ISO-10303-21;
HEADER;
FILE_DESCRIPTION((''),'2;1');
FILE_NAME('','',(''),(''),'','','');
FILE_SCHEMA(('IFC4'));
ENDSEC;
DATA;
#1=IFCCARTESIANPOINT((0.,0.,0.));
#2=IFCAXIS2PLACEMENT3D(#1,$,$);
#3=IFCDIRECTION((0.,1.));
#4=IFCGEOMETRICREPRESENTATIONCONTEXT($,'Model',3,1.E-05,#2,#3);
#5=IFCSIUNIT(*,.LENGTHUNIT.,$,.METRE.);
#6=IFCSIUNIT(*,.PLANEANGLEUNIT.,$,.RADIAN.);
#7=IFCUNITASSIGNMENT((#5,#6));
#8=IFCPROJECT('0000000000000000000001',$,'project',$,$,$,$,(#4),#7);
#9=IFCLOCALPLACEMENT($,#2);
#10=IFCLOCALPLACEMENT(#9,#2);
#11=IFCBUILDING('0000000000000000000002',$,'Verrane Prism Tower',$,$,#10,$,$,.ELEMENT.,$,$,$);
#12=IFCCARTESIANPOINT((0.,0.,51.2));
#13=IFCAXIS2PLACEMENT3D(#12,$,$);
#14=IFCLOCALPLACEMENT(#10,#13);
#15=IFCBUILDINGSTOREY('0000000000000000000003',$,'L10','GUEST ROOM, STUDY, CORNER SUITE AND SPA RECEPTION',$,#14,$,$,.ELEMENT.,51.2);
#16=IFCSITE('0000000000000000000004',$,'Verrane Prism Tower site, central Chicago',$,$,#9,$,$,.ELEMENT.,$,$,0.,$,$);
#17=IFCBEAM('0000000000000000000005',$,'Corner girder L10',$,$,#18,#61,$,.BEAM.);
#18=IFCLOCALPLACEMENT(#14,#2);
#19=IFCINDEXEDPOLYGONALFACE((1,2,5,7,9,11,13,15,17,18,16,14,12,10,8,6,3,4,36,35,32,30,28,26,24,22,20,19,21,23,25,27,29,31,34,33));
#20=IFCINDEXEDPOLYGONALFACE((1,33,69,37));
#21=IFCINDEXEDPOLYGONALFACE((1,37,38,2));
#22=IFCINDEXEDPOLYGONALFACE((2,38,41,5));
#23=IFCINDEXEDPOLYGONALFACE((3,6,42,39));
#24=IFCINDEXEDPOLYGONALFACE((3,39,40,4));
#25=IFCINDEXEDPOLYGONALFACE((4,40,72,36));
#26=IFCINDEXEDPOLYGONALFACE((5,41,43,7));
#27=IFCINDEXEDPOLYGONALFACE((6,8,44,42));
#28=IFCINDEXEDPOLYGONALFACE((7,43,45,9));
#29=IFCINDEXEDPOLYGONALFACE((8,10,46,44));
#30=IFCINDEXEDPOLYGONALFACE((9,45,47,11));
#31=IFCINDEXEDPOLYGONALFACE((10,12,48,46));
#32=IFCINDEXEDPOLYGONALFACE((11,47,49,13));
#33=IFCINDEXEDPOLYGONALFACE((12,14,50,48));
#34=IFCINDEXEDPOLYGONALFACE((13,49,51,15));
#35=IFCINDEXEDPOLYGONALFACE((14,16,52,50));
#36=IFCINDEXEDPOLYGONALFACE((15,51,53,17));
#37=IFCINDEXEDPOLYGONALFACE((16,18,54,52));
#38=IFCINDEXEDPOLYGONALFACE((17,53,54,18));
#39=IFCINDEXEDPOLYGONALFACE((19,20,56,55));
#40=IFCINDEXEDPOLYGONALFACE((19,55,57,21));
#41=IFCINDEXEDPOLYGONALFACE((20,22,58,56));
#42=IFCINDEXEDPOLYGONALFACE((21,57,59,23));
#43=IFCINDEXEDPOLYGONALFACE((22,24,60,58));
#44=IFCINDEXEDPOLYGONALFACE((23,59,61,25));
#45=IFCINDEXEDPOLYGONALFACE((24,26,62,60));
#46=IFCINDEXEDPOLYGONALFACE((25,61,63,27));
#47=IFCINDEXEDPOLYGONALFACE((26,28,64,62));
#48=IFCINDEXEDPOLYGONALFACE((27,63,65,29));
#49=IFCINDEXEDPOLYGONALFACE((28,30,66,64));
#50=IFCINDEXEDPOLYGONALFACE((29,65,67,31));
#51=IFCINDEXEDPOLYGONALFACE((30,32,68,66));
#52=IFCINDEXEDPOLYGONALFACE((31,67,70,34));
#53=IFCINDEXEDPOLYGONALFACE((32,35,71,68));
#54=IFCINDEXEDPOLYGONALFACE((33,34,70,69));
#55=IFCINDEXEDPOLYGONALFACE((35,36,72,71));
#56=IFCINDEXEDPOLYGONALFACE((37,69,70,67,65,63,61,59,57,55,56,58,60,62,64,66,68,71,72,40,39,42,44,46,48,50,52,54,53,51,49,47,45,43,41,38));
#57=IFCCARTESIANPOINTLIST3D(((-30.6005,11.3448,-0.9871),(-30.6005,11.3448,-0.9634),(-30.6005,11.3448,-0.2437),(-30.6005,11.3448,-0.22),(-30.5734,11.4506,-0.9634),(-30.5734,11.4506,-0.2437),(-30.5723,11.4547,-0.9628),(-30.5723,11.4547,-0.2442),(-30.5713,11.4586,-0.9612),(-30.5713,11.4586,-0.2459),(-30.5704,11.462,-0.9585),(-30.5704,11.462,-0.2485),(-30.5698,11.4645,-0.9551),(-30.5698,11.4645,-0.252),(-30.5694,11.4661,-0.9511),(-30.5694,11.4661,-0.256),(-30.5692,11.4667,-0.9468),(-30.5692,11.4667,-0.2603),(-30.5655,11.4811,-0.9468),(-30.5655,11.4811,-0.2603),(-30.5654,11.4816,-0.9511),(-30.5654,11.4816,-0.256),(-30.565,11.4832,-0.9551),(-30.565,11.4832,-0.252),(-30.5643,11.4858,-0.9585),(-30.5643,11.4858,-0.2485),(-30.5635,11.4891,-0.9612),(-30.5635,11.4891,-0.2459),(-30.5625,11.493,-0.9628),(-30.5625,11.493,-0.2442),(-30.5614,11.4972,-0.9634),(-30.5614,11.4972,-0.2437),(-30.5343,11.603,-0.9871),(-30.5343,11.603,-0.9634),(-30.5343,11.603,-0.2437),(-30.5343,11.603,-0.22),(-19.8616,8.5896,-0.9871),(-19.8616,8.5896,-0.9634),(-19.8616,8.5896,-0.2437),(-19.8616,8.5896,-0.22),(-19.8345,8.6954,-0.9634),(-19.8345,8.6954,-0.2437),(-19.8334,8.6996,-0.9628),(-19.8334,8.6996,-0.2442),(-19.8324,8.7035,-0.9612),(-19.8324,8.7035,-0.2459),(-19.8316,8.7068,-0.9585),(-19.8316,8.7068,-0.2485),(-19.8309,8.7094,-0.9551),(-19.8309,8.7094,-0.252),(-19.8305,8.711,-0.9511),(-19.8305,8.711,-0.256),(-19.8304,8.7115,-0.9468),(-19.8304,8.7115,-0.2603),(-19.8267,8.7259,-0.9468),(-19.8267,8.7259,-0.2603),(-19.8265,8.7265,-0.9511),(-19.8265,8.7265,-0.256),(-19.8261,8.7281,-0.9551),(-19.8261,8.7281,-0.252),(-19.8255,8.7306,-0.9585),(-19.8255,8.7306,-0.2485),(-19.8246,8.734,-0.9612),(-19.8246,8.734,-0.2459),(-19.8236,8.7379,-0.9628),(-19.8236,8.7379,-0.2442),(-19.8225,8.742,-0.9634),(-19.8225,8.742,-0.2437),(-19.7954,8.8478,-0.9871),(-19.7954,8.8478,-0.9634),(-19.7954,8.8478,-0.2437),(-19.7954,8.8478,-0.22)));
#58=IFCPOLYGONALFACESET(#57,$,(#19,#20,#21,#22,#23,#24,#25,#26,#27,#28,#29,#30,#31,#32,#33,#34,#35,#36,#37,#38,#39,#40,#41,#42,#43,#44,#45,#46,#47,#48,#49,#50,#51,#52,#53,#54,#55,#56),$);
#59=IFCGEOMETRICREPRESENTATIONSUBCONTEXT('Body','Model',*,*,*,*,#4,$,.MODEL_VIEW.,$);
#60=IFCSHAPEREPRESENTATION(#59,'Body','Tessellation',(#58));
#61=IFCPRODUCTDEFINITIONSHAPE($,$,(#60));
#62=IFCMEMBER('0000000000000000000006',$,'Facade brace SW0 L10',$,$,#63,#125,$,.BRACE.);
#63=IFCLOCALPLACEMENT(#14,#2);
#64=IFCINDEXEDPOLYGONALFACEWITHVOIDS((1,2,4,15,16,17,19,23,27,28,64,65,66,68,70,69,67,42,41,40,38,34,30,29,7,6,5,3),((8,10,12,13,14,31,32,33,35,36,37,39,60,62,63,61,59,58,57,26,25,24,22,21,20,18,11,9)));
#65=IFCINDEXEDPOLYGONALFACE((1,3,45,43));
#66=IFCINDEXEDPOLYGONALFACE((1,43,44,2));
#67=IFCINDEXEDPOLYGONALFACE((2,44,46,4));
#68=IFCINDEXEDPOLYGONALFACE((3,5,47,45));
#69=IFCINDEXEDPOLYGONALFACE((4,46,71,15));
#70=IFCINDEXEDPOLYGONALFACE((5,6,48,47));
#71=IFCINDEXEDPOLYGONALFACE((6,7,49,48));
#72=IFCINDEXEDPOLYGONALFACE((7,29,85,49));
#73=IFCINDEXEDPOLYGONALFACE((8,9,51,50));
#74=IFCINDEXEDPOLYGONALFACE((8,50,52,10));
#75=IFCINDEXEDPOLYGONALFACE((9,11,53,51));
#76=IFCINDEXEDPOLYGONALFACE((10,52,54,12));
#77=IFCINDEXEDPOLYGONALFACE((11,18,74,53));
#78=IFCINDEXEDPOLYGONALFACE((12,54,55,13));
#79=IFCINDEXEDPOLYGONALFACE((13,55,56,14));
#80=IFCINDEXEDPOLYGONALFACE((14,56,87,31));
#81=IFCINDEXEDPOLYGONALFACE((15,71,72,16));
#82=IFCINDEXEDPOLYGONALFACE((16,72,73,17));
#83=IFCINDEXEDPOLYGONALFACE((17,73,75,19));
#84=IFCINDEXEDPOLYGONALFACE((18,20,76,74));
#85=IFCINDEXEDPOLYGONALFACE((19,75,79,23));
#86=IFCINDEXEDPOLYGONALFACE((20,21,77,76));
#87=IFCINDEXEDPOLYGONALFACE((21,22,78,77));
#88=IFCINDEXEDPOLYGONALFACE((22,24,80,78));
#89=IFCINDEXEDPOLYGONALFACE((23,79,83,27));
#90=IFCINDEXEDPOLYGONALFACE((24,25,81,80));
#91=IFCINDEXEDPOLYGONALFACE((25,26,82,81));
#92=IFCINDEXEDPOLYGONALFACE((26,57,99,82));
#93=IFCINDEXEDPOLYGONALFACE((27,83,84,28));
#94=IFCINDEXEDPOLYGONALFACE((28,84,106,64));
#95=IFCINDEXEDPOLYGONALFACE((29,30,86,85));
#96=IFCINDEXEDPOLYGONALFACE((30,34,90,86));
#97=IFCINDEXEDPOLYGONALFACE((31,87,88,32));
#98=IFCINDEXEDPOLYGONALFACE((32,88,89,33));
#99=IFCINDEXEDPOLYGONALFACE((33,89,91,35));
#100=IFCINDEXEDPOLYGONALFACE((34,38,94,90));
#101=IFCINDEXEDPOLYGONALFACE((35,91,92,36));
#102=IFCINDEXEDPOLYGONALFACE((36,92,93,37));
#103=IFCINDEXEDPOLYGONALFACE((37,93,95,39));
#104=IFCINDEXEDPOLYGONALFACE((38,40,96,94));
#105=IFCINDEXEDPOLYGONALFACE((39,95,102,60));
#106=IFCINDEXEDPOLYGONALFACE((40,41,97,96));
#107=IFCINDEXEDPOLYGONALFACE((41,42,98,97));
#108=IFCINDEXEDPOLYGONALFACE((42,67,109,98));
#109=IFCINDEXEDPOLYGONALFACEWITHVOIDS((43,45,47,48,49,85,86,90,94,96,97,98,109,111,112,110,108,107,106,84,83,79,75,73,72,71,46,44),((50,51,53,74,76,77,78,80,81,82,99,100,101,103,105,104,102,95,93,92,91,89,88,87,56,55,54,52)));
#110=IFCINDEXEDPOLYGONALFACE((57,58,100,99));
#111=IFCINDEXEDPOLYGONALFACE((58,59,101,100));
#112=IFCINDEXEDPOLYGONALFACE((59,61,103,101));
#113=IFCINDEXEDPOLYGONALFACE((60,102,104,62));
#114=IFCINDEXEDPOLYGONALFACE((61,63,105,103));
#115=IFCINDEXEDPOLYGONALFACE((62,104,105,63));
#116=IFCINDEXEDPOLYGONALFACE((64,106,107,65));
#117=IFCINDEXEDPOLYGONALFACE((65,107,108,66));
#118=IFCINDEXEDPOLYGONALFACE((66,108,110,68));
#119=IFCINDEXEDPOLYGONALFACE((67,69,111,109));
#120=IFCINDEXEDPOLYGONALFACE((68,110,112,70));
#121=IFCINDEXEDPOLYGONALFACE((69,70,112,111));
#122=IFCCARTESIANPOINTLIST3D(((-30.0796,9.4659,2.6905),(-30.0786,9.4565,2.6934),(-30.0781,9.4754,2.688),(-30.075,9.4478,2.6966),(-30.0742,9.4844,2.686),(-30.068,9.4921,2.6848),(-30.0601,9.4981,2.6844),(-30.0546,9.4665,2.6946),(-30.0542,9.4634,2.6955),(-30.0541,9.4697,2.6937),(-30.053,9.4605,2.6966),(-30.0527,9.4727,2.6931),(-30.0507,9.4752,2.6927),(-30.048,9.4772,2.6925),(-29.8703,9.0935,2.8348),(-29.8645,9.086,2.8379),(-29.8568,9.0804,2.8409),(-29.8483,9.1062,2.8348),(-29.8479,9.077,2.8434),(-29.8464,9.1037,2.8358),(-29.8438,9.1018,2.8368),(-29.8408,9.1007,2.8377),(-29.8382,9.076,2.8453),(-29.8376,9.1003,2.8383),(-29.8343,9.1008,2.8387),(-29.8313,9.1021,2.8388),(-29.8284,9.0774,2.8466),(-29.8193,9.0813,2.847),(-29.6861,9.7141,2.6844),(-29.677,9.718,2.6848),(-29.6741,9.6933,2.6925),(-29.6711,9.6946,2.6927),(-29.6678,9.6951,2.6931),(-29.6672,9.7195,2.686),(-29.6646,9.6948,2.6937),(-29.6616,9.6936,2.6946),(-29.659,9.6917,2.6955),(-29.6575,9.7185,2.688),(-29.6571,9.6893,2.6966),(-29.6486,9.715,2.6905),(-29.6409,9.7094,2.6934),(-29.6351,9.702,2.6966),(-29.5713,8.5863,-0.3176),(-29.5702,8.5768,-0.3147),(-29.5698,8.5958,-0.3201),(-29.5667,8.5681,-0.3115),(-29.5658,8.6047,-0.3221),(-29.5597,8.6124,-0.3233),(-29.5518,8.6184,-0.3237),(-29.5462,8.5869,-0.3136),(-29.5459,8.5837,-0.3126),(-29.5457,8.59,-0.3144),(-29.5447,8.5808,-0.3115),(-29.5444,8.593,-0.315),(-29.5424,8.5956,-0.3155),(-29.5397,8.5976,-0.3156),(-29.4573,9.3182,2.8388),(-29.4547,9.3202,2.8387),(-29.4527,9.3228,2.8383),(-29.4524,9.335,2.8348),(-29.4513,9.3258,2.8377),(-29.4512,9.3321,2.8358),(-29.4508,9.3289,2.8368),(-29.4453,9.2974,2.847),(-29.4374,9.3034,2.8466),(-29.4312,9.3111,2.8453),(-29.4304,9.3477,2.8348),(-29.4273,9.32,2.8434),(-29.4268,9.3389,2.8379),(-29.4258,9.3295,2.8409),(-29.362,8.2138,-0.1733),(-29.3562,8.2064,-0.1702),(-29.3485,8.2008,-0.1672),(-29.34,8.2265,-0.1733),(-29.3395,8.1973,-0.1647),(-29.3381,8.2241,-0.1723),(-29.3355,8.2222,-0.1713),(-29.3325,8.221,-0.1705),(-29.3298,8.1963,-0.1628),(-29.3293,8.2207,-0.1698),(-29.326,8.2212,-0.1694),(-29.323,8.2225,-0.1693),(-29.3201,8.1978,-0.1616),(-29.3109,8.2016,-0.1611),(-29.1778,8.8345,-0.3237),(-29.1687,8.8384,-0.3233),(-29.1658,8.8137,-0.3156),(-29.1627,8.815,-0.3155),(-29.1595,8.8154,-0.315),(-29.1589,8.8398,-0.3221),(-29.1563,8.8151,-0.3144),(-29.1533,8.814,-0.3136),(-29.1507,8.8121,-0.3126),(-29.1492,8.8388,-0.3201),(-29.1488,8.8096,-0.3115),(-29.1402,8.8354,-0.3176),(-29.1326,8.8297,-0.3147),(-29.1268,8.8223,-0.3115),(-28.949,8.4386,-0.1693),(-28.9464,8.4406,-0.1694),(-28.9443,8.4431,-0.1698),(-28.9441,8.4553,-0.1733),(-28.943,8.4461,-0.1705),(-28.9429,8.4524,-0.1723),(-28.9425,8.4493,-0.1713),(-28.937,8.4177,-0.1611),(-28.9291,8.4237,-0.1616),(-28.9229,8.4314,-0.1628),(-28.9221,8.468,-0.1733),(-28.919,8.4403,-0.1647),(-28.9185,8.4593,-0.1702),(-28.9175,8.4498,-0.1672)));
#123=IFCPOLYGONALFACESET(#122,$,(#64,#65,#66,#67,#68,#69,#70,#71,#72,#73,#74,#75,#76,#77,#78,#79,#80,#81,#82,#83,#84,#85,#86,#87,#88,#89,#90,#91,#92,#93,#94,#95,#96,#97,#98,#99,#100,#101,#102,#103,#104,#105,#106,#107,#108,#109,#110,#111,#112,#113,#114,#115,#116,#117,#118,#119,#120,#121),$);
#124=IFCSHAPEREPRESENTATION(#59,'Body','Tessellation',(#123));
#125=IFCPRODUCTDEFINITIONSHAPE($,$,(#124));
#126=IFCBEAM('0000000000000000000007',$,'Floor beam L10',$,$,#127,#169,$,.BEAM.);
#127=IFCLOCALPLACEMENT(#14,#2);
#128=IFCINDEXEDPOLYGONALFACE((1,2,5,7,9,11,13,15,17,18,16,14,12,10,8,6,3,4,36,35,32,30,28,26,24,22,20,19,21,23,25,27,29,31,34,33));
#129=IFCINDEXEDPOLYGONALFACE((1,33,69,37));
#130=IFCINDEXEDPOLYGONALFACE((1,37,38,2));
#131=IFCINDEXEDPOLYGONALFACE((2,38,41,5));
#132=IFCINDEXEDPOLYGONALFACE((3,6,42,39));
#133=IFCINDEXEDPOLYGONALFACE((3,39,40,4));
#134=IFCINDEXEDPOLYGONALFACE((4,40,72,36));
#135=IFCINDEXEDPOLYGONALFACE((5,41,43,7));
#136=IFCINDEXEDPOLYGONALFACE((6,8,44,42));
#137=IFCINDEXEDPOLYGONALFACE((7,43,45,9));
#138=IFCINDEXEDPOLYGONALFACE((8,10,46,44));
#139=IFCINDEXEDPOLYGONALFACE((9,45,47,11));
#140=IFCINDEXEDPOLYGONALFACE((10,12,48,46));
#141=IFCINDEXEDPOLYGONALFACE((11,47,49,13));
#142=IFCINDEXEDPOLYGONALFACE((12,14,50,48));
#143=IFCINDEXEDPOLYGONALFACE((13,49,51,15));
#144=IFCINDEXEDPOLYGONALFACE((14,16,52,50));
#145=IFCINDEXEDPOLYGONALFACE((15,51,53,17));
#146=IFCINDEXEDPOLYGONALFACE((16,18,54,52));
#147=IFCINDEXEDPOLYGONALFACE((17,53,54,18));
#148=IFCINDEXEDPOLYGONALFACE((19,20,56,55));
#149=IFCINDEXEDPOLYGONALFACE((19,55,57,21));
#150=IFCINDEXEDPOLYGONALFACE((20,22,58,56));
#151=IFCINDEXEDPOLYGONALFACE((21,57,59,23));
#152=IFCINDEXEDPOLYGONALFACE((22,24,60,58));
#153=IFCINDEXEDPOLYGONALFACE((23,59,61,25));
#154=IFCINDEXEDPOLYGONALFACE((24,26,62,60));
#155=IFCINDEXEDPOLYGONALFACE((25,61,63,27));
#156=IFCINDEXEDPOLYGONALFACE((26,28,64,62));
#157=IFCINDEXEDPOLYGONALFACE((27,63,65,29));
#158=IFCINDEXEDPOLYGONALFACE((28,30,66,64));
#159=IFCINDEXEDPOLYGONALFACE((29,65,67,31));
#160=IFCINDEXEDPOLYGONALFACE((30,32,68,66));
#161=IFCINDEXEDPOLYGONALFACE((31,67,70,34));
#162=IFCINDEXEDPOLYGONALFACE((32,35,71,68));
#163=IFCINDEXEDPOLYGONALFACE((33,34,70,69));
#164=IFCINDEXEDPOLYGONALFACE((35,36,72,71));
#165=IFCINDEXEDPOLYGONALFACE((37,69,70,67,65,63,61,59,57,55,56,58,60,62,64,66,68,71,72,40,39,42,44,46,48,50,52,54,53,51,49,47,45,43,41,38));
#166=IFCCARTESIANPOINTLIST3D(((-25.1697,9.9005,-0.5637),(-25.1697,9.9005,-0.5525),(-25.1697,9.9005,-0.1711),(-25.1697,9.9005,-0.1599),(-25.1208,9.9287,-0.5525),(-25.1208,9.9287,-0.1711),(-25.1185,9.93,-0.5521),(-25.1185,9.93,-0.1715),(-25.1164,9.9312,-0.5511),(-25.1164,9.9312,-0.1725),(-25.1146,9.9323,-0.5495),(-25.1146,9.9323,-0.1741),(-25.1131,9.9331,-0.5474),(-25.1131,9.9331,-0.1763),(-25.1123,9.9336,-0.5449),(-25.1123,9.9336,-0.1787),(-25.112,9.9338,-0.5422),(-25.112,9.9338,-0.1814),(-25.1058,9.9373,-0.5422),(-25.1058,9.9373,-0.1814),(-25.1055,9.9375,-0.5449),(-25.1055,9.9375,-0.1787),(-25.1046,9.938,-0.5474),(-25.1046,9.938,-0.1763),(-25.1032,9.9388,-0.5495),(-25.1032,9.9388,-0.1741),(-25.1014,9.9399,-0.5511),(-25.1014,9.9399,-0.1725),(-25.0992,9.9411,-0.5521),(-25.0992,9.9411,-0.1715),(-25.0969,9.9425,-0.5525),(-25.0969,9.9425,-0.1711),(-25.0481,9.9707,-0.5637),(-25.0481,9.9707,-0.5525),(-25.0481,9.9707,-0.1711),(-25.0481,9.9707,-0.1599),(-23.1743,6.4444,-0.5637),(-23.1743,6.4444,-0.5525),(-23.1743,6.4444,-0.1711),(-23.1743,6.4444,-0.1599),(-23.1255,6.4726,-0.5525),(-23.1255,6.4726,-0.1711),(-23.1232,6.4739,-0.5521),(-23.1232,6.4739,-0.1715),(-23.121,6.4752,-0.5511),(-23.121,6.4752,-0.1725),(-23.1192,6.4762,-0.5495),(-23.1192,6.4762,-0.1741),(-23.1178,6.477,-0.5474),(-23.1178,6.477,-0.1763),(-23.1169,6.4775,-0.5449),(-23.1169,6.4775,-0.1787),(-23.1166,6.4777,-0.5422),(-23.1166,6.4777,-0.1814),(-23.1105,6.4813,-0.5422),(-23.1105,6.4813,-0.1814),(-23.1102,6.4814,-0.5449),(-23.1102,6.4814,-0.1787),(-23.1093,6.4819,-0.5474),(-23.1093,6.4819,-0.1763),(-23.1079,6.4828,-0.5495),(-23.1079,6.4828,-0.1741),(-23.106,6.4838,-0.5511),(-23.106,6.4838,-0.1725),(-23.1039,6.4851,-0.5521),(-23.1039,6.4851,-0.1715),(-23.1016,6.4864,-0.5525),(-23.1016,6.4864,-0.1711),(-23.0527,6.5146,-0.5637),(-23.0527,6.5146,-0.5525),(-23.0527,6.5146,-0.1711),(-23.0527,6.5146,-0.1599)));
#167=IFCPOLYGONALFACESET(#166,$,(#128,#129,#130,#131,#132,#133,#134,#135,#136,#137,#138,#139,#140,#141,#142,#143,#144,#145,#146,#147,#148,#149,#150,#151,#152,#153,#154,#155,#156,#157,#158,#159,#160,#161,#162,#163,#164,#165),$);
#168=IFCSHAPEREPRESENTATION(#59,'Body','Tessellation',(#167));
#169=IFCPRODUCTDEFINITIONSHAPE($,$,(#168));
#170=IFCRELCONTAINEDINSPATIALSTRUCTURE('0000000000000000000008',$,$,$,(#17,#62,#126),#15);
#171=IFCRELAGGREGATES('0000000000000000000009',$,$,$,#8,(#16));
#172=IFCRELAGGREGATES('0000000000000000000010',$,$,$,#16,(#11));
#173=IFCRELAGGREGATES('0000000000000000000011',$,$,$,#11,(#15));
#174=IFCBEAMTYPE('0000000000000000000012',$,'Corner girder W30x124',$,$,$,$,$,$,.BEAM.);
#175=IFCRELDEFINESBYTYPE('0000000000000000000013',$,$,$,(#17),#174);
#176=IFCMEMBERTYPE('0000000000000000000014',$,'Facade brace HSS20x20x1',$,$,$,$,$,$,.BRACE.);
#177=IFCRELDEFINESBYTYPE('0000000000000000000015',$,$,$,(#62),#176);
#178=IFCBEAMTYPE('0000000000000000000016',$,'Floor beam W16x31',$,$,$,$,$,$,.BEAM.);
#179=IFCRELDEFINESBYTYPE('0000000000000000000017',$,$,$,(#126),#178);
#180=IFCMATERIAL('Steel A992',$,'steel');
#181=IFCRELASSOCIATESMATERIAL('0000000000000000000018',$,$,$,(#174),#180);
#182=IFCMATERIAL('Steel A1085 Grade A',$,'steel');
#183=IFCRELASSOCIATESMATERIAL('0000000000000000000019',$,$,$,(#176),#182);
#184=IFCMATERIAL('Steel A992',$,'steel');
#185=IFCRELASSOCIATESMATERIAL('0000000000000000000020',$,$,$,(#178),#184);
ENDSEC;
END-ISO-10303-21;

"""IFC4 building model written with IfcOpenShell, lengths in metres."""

from ifc_helpers import new_model, si_unit, direction, frame, origin, origin_2d, place, context, subcontext, project, spatial, hollow_rectangle, i_section, extrude, material, material_profile, profile_set, type_object, element, save


model = new_model("IFC4")

# Units and contexts
model_context = context("Model", 3, precision=1e-05, world=origin(), true_north=direction((0.0, 1.0)))
body_context = subcontext(model_context, "Body", "Model", "MODEL_VIEW")
ifc_project = project(units=[si_unit("LENGTHUNIT", "METRE"), si_unit("PLANEANGLEUNIT", "RADIAN")], contexts=[model_context])

# Site, building, storey
site_placement = place(None, origin())
site = spatial("IfcSite", under=ifc_project, at=site_placement, Name="Verrane Prism Tower site, central Chicago", CompositionType="ELEMENT", RefElevation=0.0)
building_placement = place(site_placement, origin())
building = spatial("IfcBuilding", under=site, at=building_placement, Name="Verrane Prism Tower", CompositionType="ELEMENT")
storey_placement = place(building_placement, frame((0.0, 0.0, 51.2)))
storey = spatial("IfcBuildingStorey", under=building, at=storey_placement, Name="L10", Description="GUEST ROOM, STUDY, CORNER SUITE AND SPA RECEPTION", CompositionType="ELEMENT", Elevation=51.2)

# Beam
ifc_material_1 = material(Name="Steel A992", Category="steel")
ifc_material_profile_1 = material_profile(ifc_material_1, i_section(OverallWidth=0.2666, OverallDepth=0.7671, WebThickness=0.0149, FlangeThickness=0.0237, FilletRadius=0.0166, at=origin_2d()), Name="W30x124")
ifc_profile_set_1 = profile_set([ifc_material_profile_1], Name="Steel A992")
beam_type_1 = type_object("IfcBeamType", Name="Corner girder W30x124", PredefinedType="BEAM", material=ifc_profile_set_1)
beam_1_placement = place(storey_placement, frame((-30.5674, 11.4739, -0.6035), z_axis=(0.968629, -0.24851, 0.0), x_axis=(0.24851, 0.968629, 0.0)))
element("IfcBeam", 1, at=beam_1_placement, inside=storey, type_object=beam_type_1, Name="Corner girder L10", PredefinedType="BEAM", context=body_context, shape_type="SweptSolid", body=[
    extrude(i_section(OverallWidth=0.2666, OverallDepth=0.7671, WebThickness=0.0149, FlangeThickness=0.0237, FilletRadius=0.0166, at=origin_2d()), origin(), (0.0, 0.0, 1.0), 11.0867),
])

# Member
ifc_material_2 = material(Name="Steel A1085 Grade A", Category="steel")
ifc_material_profile_2 = material_profile(ifc_material_2, hollow_rectangle(XDim=0.5081, YDim=0.5081, WallThickness=0.0254, InnerFilletRadius=0.0127, OuterFilletRadius=0.0381, at=origin_2d()), Name="HSS20x20x1")
ifc_profile_set_2 = profile_set([ifc_material_profile_2], Name="Steel A1085 Grade A")
member_type_1 = type_object("IfcMemberType", Name="Facade brace HSS20x20x1", PredefinedType="BRACE", material=ifc_profile_set_2)
member_1_placement = place(storey_placement, frame((-29.2444, 8.5181, -0.2424), z_axis=(-0.160095, 0.277053, 0.947423), x_axis=(-0.865837, -0.500326, 0.0)))
element("IfcMember", 2, at=member_1_placement, inside=storey, type_object=member_type_1, Name="Facade brace SW0 L10", PredefinedType="BRACE", context=body_context, shape_type="SweptSolid", body=[
    extrude(hollow_rectangle(XDim=0.5081, YDim=0.5081, WallThickness=0.0254, InnerFilletRadius=0.0127, OuterFilletRadius=0.0381, at=origin_2d()), origin(), (0.0, 0.0, 1.0), 3.175),
])

# Beam
ifc_material_3 = material(Name="Steel A992", Category="steel")
ifc_material_profile_3 = material_profile(ifc_material_3, i_section(OverallWidth=0.1404, OverallDepth=0.4038, WebThickness=0.0071, FlangeThickness=0.0112, FilletRadius=0.0103, at=origin_2d()), Name="W16x31")
ifc_profile_set_3 = profile_set([ifc_material_profile_3], Name="Steel A992")
beam_type_2 = type_object("IfcBeamType", Name="Floor beam W16x31", PredefinedType="BEAM", material=ifc_profile_set_3)
beam_2_placement = place(storey_placement, frame((-23.1135, 6.4795, -0.3618), z_axis=(-0.500001, 0.866025, 0.0), x_axis=(-0.866025, -0.500001, 0.0)))
element("IfcBeam", 3, at=beam_2_placement, inside=storey, type_object=beam_type_2, Name="Floor beam L10", PredefinedType="BEAM", context=body_context, shape_type="SweptSolid", body=[
    extrude(i_section(OverallWidth=0.1404, OverallDepth=0.4038, WebThickness=0.0071, FlangeThickness=0.0112, FilletRadius=0.0103, at=origin_2d()), origin(), (0.0, 0.0, 1.0), 3.9907),
])

save(model, "model.ifc")
